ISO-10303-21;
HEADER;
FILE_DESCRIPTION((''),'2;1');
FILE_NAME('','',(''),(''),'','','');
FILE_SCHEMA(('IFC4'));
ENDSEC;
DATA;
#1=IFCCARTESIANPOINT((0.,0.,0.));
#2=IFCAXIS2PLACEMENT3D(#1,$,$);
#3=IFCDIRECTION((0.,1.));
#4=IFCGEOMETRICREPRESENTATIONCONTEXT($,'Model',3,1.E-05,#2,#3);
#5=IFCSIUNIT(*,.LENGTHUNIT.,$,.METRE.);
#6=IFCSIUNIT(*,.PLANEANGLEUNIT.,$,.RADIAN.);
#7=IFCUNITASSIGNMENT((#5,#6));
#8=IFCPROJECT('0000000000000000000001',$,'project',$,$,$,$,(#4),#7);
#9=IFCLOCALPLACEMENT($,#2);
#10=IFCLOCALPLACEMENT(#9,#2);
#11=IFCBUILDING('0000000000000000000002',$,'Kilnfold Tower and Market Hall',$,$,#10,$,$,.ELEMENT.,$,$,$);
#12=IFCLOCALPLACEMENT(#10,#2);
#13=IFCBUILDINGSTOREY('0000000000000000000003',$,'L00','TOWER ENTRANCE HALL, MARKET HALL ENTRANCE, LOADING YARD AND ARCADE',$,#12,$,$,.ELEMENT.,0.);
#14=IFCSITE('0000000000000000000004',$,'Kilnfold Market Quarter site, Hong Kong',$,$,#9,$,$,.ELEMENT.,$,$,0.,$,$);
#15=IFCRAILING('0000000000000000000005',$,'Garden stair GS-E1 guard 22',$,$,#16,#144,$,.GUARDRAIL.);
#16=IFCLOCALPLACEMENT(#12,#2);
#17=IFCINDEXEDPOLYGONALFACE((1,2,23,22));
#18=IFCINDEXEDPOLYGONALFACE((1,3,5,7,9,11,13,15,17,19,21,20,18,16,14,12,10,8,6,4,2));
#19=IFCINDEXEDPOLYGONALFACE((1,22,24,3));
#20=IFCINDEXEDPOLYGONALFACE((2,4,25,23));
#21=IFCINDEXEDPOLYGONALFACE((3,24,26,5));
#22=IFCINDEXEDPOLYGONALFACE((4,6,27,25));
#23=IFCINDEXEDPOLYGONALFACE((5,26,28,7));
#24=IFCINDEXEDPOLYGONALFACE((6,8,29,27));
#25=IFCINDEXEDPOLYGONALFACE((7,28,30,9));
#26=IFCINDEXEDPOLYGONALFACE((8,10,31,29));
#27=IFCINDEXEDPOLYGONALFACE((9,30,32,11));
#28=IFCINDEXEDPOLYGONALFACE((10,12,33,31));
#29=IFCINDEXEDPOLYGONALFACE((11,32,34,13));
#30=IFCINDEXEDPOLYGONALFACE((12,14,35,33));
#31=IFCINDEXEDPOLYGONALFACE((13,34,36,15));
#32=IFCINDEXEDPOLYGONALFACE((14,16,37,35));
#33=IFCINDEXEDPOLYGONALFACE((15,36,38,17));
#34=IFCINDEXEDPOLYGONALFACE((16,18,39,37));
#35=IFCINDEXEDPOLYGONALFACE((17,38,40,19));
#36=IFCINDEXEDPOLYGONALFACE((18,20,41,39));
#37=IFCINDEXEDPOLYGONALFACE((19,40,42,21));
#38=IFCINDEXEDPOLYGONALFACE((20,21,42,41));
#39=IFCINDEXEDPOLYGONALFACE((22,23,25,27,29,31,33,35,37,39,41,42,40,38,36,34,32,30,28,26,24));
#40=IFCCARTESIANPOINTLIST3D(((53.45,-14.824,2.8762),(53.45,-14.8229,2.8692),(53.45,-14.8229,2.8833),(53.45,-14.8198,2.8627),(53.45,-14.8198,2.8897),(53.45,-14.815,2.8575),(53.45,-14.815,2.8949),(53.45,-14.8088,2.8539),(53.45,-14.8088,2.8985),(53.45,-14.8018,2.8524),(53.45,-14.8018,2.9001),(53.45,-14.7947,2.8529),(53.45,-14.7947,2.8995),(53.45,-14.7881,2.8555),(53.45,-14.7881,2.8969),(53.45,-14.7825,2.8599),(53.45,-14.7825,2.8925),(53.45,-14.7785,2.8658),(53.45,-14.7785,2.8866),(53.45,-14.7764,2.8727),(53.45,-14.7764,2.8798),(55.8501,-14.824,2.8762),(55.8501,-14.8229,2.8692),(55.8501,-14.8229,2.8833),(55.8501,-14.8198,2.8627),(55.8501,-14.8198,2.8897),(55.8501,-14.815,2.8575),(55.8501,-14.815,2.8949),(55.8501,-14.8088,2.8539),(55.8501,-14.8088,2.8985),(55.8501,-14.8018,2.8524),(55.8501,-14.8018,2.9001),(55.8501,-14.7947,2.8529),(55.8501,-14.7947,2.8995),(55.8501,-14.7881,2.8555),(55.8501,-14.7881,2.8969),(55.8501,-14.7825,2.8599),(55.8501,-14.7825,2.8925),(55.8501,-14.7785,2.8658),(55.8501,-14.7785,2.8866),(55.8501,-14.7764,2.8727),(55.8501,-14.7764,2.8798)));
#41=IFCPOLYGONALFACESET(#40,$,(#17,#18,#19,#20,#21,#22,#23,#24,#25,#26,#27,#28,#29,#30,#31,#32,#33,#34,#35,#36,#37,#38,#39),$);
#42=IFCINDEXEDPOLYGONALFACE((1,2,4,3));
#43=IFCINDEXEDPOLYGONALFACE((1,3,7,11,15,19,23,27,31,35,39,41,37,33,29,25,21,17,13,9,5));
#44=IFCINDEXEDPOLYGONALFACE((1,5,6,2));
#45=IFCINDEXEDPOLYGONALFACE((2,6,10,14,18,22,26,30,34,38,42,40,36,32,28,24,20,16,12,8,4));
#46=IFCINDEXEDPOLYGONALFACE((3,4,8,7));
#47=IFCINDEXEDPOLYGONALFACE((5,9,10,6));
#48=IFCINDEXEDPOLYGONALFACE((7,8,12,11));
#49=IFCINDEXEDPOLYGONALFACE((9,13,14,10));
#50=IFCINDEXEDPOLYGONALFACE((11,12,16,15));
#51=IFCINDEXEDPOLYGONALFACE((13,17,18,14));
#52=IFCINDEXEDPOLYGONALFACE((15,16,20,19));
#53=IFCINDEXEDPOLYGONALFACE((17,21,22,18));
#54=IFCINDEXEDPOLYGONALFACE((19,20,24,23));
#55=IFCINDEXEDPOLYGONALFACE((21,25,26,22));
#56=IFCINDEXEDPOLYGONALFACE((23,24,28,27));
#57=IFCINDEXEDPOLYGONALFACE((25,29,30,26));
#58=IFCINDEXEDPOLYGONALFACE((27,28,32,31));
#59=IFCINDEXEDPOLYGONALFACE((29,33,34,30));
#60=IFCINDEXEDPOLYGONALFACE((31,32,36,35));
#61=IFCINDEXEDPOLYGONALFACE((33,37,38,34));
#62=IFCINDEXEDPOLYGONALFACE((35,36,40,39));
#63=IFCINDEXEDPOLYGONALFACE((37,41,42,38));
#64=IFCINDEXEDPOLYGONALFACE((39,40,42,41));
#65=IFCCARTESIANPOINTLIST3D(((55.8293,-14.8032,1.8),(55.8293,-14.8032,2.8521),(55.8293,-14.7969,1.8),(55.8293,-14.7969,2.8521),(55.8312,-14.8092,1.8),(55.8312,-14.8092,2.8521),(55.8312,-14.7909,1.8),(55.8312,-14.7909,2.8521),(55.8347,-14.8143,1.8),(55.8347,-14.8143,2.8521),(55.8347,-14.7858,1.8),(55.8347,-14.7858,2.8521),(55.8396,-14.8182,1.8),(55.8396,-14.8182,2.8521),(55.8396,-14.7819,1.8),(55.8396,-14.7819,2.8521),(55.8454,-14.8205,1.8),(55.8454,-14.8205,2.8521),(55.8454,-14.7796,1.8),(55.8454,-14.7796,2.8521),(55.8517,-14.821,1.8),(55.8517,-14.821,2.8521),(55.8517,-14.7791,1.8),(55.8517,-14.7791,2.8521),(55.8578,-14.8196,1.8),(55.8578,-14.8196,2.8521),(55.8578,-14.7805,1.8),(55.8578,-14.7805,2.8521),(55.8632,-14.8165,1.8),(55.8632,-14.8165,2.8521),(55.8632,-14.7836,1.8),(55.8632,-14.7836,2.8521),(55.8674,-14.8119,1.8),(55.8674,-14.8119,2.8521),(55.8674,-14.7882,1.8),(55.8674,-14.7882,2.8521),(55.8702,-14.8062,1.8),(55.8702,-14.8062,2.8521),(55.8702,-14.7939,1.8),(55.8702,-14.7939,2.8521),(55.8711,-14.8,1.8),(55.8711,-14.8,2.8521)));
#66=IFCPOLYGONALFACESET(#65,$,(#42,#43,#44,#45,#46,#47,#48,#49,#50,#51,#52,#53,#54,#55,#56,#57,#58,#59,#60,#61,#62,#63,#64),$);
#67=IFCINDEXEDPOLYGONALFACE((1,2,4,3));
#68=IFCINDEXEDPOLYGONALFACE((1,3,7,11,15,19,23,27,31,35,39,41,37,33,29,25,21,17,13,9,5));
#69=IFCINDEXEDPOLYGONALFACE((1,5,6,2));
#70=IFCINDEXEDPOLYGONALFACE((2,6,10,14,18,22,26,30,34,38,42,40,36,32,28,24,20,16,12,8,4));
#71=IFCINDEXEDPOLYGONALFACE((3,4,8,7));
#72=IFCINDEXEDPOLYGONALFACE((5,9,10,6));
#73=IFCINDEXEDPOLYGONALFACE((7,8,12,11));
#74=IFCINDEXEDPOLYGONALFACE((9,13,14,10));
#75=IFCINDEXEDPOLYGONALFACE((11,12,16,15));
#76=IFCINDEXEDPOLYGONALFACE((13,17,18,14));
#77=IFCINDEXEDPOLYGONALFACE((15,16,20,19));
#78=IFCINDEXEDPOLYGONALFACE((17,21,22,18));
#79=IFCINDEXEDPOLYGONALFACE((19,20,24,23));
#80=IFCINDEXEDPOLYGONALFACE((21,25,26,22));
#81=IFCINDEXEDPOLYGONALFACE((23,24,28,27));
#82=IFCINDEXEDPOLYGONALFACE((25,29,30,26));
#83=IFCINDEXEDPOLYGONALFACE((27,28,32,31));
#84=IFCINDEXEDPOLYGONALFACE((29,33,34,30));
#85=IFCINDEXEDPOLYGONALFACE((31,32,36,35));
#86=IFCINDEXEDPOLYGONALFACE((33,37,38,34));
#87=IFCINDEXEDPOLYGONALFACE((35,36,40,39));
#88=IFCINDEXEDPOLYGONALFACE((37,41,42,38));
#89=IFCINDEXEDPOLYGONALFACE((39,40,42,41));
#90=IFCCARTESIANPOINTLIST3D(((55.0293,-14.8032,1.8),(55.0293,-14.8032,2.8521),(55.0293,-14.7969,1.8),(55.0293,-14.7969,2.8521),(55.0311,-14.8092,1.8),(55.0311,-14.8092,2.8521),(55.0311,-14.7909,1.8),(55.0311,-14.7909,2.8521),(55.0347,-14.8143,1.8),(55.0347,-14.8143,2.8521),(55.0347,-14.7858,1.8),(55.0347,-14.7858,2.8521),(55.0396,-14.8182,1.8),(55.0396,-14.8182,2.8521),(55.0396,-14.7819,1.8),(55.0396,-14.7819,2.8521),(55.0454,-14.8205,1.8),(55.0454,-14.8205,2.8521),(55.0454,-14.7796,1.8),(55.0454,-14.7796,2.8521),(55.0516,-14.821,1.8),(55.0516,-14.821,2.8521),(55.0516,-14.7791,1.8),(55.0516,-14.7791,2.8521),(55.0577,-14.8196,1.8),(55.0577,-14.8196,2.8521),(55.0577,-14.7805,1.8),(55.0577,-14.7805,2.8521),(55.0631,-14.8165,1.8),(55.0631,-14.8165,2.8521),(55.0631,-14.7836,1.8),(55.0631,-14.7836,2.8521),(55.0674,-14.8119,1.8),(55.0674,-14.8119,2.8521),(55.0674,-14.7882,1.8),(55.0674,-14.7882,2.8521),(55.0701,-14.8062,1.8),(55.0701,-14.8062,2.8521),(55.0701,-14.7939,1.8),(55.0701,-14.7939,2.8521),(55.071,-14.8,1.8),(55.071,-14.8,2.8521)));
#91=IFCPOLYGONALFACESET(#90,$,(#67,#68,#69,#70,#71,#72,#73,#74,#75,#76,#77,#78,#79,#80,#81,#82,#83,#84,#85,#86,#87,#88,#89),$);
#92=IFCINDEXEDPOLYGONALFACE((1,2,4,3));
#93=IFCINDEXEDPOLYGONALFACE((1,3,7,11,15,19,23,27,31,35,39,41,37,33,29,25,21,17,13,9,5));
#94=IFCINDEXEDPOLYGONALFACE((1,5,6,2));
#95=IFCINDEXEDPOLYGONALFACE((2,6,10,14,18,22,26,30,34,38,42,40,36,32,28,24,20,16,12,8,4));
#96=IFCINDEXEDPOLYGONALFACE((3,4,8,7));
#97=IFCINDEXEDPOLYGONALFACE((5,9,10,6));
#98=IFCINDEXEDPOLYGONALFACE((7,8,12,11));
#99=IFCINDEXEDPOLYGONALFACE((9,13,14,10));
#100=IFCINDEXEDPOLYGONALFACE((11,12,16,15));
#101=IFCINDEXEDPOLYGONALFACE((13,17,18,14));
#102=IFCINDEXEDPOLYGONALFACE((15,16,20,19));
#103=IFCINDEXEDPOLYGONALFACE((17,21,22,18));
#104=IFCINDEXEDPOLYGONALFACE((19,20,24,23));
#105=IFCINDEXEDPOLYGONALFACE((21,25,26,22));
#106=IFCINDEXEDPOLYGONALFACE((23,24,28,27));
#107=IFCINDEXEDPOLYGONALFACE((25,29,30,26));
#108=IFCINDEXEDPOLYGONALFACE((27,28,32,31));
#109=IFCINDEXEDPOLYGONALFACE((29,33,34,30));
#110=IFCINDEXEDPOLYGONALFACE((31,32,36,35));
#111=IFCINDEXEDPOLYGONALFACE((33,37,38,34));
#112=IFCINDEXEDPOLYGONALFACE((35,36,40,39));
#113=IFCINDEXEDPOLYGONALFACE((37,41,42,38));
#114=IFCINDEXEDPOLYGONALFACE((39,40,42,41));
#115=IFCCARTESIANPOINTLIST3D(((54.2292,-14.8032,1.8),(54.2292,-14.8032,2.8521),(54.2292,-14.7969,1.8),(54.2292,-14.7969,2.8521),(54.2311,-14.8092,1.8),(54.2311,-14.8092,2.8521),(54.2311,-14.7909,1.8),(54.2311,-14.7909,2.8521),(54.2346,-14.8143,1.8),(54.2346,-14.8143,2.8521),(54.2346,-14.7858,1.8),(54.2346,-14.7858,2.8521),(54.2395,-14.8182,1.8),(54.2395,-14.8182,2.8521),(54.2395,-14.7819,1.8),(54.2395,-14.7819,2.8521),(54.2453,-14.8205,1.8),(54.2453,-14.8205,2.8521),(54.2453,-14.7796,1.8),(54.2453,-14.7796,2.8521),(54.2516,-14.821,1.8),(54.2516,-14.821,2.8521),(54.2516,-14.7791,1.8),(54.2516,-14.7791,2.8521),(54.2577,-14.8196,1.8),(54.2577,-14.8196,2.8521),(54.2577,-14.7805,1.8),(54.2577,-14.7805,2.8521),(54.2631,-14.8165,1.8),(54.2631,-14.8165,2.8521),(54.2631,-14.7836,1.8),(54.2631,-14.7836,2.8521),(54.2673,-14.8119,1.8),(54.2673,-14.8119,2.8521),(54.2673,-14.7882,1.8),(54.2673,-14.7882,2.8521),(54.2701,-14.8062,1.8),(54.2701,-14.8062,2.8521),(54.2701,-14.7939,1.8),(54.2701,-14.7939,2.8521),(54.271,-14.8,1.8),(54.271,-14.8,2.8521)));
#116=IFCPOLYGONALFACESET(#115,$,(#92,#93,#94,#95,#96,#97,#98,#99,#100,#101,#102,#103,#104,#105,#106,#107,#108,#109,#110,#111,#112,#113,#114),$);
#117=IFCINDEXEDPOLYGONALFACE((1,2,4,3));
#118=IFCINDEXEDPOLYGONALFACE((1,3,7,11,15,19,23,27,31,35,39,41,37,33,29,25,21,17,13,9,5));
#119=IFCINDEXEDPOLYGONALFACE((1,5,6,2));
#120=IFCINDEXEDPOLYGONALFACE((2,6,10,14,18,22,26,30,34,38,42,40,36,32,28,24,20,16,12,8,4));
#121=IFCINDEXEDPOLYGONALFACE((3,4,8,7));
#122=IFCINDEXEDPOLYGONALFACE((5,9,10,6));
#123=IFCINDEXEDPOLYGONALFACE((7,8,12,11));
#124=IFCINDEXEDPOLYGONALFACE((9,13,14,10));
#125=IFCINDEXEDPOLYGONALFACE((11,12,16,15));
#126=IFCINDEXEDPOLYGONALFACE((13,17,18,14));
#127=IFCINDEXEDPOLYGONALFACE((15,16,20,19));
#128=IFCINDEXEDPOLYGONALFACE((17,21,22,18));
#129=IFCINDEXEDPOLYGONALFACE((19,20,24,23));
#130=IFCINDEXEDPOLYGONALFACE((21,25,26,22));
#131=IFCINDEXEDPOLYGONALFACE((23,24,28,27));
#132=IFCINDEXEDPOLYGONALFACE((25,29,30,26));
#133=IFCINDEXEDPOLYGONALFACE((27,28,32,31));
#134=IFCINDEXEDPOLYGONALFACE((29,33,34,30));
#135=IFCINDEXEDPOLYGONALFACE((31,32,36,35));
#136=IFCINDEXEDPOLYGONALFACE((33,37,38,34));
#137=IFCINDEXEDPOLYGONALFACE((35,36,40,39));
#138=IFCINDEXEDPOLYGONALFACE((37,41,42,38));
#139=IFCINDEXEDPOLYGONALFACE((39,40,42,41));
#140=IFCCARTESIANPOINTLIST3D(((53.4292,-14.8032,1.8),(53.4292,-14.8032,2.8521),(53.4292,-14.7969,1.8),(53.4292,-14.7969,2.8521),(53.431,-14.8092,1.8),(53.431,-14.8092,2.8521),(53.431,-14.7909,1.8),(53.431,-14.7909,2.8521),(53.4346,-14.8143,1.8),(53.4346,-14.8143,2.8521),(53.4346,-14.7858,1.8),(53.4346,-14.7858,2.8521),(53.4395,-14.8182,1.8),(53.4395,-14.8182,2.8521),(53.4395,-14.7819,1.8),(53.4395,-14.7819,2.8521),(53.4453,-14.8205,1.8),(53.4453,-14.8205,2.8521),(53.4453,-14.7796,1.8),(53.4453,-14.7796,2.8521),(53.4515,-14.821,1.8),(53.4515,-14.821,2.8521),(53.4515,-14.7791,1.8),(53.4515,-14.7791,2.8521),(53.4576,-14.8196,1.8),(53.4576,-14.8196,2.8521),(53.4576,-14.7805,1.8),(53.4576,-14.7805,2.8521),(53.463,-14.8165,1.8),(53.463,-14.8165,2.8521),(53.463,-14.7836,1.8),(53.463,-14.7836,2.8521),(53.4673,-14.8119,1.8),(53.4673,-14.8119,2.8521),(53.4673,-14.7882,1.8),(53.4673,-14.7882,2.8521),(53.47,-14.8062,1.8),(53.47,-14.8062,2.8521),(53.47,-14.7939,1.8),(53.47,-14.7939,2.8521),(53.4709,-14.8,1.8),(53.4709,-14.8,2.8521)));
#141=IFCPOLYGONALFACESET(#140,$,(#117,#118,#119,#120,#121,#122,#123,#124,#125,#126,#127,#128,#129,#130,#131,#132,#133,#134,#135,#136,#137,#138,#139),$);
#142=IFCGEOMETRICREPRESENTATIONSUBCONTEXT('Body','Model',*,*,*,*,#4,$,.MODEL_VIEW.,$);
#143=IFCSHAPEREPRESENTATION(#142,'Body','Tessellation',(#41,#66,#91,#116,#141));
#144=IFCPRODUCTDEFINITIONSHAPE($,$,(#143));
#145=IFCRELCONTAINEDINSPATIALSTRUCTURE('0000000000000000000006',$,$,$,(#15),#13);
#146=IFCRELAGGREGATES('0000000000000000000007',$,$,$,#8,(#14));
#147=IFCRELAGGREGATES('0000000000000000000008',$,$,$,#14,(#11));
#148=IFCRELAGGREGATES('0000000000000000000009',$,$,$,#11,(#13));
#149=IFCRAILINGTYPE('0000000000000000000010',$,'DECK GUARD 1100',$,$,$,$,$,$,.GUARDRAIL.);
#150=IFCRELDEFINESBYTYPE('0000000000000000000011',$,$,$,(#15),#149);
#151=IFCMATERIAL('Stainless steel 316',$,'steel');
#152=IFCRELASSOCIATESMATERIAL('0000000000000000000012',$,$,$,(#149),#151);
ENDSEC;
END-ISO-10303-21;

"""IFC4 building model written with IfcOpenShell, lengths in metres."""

from ifc_helpers import new_model, si_unit, direction, frame, origin, origin_2d, place, context, subcontext, project, spatial, circle, extrude, material, type_object, element, save


model = new_model("IFC4")

# Units and contexts
model_context = context("Model", 3, precision=1e-05, world=origin(), true_north=direction((0.0, 1.0)))
body_context = subcontext(model_context, "Body", "Model", "MODEL_VIEW")
ifc_project = project(units=[si_unit("LENGTHUNIT", "METRE"), si_unit("PLANEANGLEUNIT", "RADIAN")], contexts=[model_context])

# Site, building, storey
site_placement = place(None, origin())
site = spatial("IfcSite", under=ifc_project, at=site_placement, Name="Kilnfold Market Quarter site, Hong Kong", CompositionType="ELEMENT", RefElevation=0.0)
building_placement = place(site_placement, origin())
building = spatial("IfcBuilding", under=site, at=building_placement, Name="Kilnfold Tower and Market Hall", CompositionType="ELEMENT")
storey_placement = place(building_placement, origin())
storey = spatial("IfcBuildingStorey", under=building, at=storey_placement, Name="L00", Description="TOWER ENTRANCE HALL, MARKET HALL ENTRANCE, LOADING YARD AND ARCADE", CompositionType="ELEMENT", Elevation=0.0)

# Railing
ifc_material_1 = material(Name="Stainless steel 316", Category="steel")
railing_type_1 = type_object("IfcRailingType", Name="DECK GUARD 1100", PredefinedType="GUARDRAIL", material=ifc_material_1)
for number, where, name in (
    (1, (55.8501, -14.8, 1.8), "Garden stair GS-E1 guard 22"),
):
    element("IfcRailing", number, at=place(storey_placement, frame(where)), inside=storey, type_object=railing_type_1, Name=name, PredefinedType="GUARDRAIL", context=body_context, shape_type="SweptSolid", body=[
        extrude(circle(Radius=0.0239, at=origin_2d()), frame((0.0, 0.0, 1.0762), z_axis=(-1.0, 0.0, 0.0), x_axis=(0.0, -1.0, 0.0)), (0.0, 0.0, 1.0), 2.4001),
        extrude(circle(Radius=0.021, at=origin_2d()), origin(), (0.0, 0.0, 1.0), 1.052),
        extrude(circle(Radius=0.021, at=origin_2d()), frame((-0.8, 0.0, 0.0)), (0.0, 0.0, 1.0), 1.052),
        extrude(circle(Radius=0.021, at=origin_2d()), frame((-1.6001, 0.0, 0.0)), (0.0, 0.0, 1.0), 1.052),
        extrude(circle(Radius=0.021, at=origin_2d()), frame((-2.4001, 0.0, 0.0)), (0.0, 0.0, 1.0), 1.052),
    ])

save(model, "model.ifc")
